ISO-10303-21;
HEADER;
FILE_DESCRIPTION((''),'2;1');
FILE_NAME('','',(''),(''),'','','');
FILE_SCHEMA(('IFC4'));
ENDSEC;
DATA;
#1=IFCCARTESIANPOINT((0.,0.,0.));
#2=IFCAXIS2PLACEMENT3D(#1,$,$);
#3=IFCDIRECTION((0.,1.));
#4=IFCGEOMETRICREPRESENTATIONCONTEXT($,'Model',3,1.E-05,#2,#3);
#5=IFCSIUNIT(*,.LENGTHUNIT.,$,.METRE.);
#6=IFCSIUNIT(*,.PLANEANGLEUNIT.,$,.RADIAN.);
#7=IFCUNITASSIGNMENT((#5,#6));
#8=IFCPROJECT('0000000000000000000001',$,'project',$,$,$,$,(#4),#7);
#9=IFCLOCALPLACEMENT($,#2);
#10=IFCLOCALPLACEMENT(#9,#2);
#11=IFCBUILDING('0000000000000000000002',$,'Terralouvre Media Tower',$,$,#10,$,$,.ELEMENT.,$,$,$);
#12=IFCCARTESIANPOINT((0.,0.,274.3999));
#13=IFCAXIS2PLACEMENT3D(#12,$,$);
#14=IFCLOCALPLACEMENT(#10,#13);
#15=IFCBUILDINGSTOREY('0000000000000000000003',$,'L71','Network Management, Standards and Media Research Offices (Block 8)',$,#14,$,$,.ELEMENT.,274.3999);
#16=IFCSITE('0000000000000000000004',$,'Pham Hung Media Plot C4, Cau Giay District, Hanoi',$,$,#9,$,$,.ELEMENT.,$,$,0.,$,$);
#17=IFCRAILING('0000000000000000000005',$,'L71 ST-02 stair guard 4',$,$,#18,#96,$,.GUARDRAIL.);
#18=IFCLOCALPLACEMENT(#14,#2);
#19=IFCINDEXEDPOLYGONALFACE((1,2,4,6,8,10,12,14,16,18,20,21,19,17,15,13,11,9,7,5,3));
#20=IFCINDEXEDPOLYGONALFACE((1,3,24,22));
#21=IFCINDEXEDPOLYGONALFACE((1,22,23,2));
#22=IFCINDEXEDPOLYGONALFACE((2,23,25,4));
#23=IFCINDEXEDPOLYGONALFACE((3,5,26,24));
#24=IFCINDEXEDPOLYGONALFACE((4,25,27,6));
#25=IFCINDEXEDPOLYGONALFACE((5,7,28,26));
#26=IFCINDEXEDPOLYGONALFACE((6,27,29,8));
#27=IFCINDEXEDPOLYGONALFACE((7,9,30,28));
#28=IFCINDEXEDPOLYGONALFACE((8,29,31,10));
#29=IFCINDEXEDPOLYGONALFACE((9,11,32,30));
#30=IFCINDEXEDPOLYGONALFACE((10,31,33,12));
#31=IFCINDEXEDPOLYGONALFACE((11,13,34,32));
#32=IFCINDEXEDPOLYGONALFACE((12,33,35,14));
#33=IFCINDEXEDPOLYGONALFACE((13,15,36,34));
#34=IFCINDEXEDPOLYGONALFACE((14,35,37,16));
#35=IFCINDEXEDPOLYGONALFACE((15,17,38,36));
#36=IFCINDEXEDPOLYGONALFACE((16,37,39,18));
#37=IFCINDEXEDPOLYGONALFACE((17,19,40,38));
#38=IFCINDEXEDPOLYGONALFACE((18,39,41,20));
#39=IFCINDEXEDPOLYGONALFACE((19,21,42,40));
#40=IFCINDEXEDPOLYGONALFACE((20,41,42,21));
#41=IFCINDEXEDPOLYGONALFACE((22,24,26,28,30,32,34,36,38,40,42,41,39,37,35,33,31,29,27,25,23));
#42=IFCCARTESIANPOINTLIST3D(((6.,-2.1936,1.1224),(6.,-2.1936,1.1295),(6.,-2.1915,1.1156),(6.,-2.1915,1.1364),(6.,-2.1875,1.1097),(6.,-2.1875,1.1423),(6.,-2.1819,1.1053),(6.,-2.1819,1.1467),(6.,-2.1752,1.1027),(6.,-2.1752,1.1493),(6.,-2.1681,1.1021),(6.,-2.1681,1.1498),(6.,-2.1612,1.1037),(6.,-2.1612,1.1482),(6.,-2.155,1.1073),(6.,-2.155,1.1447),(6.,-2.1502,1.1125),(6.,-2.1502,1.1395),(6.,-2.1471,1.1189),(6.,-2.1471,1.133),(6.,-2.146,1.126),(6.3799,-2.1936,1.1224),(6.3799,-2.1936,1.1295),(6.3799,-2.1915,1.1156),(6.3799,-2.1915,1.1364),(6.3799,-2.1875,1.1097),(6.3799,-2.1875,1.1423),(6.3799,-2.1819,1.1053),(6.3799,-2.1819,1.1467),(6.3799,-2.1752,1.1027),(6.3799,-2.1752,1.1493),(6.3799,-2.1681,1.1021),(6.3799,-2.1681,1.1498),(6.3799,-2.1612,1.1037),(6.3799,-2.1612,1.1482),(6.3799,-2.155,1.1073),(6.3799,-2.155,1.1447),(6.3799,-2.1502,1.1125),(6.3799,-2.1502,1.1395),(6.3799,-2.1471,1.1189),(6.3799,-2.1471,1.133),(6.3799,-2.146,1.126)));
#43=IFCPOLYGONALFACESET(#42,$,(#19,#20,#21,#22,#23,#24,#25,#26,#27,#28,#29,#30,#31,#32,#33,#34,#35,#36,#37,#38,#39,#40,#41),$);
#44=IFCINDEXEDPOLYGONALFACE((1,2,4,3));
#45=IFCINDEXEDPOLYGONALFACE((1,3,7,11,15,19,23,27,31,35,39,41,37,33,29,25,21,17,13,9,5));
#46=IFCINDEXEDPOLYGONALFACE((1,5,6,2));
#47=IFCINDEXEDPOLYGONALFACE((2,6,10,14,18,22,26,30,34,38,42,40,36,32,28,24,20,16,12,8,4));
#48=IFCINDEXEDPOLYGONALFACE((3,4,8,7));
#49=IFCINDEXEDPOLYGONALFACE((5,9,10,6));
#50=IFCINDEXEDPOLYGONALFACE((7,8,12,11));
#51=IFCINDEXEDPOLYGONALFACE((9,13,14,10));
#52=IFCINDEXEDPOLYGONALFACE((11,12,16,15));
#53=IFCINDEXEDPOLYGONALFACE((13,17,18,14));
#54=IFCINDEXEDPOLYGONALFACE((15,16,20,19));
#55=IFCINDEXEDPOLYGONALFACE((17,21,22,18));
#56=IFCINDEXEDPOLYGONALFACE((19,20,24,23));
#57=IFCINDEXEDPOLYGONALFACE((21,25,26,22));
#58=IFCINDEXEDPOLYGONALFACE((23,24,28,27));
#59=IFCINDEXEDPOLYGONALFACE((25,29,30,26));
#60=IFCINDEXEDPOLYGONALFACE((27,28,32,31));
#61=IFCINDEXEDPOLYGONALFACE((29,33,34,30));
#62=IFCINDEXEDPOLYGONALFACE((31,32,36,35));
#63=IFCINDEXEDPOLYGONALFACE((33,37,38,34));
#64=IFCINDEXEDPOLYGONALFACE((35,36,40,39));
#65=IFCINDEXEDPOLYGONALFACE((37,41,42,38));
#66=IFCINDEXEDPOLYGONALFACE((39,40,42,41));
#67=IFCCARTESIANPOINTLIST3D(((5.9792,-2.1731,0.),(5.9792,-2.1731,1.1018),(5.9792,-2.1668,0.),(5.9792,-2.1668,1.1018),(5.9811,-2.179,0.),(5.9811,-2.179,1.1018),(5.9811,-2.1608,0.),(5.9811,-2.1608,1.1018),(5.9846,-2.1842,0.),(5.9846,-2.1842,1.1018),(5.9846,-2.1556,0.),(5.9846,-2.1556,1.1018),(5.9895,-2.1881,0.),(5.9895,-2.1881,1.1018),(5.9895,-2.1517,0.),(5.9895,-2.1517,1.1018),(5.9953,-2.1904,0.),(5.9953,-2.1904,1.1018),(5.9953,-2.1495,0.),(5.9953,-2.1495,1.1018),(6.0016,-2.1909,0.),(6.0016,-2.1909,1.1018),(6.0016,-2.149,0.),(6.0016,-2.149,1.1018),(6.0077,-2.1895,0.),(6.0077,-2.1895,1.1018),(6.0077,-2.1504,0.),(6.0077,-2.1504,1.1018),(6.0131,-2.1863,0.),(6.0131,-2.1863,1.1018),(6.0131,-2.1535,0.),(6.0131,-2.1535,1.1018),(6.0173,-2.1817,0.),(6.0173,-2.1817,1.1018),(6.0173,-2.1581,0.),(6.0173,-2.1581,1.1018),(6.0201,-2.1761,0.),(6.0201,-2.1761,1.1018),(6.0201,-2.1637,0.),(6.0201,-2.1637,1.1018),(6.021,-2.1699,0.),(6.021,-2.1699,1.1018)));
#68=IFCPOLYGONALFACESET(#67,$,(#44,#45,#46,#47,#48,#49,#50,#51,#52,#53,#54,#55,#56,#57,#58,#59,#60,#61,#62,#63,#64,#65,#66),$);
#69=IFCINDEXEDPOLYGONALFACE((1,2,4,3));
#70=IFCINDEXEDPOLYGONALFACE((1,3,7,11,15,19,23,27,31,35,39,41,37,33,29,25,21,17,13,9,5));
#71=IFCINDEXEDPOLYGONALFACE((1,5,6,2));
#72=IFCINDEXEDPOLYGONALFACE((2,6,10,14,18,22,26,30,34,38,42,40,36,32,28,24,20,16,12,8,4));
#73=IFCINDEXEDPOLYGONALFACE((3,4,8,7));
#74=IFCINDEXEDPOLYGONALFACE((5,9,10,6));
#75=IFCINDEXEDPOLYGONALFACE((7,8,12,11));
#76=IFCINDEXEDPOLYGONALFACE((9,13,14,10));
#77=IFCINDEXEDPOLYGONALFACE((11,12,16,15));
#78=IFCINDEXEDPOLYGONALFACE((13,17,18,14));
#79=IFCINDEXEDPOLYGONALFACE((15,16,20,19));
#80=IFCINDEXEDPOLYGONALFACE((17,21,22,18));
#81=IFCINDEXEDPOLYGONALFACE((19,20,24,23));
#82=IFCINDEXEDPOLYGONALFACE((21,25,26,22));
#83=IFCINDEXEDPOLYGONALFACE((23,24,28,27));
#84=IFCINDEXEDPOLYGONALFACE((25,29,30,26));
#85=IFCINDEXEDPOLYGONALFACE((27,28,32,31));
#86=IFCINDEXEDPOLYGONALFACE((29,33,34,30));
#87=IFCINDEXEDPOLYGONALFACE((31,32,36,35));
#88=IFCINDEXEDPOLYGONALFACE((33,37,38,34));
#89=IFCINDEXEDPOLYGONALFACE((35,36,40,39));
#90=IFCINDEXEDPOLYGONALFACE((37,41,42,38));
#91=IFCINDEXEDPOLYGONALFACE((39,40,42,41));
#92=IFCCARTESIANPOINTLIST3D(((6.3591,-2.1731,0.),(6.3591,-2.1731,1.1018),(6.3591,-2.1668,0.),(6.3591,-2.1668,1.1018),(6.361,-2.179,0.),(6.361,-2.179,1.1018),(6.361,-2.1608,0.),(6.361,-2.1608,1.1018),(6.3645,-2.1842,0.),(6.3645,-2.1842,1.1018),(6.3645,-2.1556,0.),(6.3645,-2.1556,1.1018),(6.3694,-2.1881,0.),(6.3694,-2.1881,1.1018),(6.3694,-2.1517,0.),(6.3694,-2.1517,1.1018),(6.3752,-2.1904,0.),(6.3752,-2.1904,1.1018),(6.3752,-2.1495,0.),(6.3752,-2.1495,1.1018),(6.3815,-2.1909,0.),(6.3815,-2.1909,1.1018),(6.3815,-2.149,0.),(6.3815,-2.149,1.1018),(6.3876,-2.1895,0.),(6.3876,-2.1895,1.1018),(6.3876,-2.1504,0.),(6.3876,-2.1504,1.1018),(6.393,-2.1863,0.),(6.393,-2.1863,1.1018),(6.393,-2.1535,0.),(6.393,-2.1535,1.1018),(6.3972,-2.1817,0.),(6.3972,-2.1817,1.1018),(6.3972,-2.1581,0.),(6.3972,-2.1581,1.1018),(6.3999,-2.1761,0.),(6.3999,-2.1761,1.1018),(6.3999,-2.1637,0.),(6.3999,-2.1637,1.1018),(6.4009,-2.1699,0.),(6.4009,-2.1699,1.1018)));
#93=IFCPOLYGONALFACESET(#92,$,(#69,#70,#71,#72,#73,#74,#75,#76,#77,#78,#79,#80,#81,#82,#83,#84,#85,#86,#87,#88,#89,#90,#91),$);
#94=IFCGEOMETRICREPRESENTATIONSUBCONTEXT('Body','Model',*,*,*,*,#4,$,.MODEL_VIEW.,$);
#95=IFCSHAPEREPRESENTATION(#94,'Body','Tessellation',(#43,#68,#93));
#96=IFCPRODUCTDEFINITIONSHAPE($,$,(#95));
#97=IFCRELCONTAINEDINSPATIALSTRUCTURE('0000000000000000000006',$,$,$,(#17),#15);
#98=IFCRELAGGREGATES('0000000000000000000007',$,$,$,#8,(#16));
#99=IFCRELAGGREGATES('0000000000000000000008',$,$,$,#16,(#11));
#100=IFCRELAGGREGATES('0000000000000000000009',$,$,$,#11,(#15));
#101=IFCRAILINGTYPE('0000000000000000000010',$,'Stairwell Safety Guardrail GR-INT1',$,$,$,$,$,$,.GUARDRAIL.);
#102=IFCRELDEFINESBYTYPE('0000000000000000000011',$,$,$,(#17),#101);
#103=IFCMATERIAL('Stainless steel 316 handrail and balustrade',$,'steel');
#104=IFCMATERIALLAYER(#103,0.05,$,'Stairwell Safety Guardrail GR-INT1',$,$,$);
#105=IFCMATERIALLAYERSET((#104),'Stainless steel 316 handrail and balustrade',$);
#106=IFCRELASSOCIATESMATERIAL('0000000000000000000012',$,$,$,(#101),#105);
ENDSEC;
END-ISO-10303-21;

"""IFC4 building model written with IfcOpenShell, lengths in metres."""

from ifc_helpers import new_model, si_unit, direction, frame, origin, origin_2d, place, context, subcontext, project, spatial, circle, extrude, material, layer, layer_set, type_object, element, save


model = new_model("IFC4")

# Units and contexts
model_context = context("Model", 3, precision=1e-05, world=origin(), true_north=direction((0.0, 1.0)))
body_context = subcontext(model_context, "Body", "Model", "MODEL_VIEW")
ifc_project = project(units=[si_unit("LENGTHUNIT", "METRE"), si_unit("PLANEANGLEUNIT", "RADIAN")], contexts=[model_context])

# Site, building, storey
site_placement = place(None, origin())
site = spatial("IfcSite", under=ifc_project, at=site_placement, Name="Pham Hung Media Plot C4, Cau Giay District, Hanoi", CompositionType="ELEMENT", RefElevation=0.0)
building_placement = place(site_placement, origin())
building = spatial("IfcBuilding", under=site, at=building_placement, Name="Terralouvre Media Tower", CompositionType="ELEMENT")
storey_placement = place(building_placement, frame((0.0, 0.0, 274.3999)))
storey = spatial("IfcBuildingStorey", under=building, at=storey_placement, Name="L71", Description="Network Management, Standards and Media Research Offices (Block 8)", CompositionType="ELEMENT", Elevation=274.3999)

# Railing
ifc_material_1 = material(Name="Stainless steel 316 handrail and balustrade", Category="steel")
ifc_layer_1 = layer(ifc_material_1, 0.05, Name="Stairwell Safety Guardrail GR-INT1")
ifc_layer_set_1 = layer_set([ifc_layer_1], Name="Stainless steel 316 handrail and balustrade")
railing_type_1 = type_object("IfcRailingType", Name="Stairwell Safety Guardrail GR-INT1", PredefinedType="GUARDRAIL", material=ifc_layer_set_1)
railing_1_placement = place(storey_placement, frame((6.0, -2.1699, 0.0)))
element("IfcRailing", 1, at=railing_1_placement, inside=storey, type_object=railing_type_1, Name="L71 ST-02 stair guard 4", PredefinedType="GUARDRAIL", context=body_context, shape_type="SweptSolid", body=[
    extrude(circle(Radius=0.0239, at=origin_2d()), frame((0.0, 0.0, 1.126), z_axis=(1.0, 0.0, 0.0), x_axis=(0.0, 1.0, 0.0)), (0.0, 0.0, 1.0), 0.3799),
    extrude(circle(Radius=0.021, at=origin_2d()), origin(), (0.0, 0.0, 1.0), 1.1018),
    extrude(circle(Radius=0.021, at=origin_2d()), frame((0.3799, 0.0, 0.0)), (0.0, 0.0, 1.0), 1.1018),
])

save(model, "model.ifc")
